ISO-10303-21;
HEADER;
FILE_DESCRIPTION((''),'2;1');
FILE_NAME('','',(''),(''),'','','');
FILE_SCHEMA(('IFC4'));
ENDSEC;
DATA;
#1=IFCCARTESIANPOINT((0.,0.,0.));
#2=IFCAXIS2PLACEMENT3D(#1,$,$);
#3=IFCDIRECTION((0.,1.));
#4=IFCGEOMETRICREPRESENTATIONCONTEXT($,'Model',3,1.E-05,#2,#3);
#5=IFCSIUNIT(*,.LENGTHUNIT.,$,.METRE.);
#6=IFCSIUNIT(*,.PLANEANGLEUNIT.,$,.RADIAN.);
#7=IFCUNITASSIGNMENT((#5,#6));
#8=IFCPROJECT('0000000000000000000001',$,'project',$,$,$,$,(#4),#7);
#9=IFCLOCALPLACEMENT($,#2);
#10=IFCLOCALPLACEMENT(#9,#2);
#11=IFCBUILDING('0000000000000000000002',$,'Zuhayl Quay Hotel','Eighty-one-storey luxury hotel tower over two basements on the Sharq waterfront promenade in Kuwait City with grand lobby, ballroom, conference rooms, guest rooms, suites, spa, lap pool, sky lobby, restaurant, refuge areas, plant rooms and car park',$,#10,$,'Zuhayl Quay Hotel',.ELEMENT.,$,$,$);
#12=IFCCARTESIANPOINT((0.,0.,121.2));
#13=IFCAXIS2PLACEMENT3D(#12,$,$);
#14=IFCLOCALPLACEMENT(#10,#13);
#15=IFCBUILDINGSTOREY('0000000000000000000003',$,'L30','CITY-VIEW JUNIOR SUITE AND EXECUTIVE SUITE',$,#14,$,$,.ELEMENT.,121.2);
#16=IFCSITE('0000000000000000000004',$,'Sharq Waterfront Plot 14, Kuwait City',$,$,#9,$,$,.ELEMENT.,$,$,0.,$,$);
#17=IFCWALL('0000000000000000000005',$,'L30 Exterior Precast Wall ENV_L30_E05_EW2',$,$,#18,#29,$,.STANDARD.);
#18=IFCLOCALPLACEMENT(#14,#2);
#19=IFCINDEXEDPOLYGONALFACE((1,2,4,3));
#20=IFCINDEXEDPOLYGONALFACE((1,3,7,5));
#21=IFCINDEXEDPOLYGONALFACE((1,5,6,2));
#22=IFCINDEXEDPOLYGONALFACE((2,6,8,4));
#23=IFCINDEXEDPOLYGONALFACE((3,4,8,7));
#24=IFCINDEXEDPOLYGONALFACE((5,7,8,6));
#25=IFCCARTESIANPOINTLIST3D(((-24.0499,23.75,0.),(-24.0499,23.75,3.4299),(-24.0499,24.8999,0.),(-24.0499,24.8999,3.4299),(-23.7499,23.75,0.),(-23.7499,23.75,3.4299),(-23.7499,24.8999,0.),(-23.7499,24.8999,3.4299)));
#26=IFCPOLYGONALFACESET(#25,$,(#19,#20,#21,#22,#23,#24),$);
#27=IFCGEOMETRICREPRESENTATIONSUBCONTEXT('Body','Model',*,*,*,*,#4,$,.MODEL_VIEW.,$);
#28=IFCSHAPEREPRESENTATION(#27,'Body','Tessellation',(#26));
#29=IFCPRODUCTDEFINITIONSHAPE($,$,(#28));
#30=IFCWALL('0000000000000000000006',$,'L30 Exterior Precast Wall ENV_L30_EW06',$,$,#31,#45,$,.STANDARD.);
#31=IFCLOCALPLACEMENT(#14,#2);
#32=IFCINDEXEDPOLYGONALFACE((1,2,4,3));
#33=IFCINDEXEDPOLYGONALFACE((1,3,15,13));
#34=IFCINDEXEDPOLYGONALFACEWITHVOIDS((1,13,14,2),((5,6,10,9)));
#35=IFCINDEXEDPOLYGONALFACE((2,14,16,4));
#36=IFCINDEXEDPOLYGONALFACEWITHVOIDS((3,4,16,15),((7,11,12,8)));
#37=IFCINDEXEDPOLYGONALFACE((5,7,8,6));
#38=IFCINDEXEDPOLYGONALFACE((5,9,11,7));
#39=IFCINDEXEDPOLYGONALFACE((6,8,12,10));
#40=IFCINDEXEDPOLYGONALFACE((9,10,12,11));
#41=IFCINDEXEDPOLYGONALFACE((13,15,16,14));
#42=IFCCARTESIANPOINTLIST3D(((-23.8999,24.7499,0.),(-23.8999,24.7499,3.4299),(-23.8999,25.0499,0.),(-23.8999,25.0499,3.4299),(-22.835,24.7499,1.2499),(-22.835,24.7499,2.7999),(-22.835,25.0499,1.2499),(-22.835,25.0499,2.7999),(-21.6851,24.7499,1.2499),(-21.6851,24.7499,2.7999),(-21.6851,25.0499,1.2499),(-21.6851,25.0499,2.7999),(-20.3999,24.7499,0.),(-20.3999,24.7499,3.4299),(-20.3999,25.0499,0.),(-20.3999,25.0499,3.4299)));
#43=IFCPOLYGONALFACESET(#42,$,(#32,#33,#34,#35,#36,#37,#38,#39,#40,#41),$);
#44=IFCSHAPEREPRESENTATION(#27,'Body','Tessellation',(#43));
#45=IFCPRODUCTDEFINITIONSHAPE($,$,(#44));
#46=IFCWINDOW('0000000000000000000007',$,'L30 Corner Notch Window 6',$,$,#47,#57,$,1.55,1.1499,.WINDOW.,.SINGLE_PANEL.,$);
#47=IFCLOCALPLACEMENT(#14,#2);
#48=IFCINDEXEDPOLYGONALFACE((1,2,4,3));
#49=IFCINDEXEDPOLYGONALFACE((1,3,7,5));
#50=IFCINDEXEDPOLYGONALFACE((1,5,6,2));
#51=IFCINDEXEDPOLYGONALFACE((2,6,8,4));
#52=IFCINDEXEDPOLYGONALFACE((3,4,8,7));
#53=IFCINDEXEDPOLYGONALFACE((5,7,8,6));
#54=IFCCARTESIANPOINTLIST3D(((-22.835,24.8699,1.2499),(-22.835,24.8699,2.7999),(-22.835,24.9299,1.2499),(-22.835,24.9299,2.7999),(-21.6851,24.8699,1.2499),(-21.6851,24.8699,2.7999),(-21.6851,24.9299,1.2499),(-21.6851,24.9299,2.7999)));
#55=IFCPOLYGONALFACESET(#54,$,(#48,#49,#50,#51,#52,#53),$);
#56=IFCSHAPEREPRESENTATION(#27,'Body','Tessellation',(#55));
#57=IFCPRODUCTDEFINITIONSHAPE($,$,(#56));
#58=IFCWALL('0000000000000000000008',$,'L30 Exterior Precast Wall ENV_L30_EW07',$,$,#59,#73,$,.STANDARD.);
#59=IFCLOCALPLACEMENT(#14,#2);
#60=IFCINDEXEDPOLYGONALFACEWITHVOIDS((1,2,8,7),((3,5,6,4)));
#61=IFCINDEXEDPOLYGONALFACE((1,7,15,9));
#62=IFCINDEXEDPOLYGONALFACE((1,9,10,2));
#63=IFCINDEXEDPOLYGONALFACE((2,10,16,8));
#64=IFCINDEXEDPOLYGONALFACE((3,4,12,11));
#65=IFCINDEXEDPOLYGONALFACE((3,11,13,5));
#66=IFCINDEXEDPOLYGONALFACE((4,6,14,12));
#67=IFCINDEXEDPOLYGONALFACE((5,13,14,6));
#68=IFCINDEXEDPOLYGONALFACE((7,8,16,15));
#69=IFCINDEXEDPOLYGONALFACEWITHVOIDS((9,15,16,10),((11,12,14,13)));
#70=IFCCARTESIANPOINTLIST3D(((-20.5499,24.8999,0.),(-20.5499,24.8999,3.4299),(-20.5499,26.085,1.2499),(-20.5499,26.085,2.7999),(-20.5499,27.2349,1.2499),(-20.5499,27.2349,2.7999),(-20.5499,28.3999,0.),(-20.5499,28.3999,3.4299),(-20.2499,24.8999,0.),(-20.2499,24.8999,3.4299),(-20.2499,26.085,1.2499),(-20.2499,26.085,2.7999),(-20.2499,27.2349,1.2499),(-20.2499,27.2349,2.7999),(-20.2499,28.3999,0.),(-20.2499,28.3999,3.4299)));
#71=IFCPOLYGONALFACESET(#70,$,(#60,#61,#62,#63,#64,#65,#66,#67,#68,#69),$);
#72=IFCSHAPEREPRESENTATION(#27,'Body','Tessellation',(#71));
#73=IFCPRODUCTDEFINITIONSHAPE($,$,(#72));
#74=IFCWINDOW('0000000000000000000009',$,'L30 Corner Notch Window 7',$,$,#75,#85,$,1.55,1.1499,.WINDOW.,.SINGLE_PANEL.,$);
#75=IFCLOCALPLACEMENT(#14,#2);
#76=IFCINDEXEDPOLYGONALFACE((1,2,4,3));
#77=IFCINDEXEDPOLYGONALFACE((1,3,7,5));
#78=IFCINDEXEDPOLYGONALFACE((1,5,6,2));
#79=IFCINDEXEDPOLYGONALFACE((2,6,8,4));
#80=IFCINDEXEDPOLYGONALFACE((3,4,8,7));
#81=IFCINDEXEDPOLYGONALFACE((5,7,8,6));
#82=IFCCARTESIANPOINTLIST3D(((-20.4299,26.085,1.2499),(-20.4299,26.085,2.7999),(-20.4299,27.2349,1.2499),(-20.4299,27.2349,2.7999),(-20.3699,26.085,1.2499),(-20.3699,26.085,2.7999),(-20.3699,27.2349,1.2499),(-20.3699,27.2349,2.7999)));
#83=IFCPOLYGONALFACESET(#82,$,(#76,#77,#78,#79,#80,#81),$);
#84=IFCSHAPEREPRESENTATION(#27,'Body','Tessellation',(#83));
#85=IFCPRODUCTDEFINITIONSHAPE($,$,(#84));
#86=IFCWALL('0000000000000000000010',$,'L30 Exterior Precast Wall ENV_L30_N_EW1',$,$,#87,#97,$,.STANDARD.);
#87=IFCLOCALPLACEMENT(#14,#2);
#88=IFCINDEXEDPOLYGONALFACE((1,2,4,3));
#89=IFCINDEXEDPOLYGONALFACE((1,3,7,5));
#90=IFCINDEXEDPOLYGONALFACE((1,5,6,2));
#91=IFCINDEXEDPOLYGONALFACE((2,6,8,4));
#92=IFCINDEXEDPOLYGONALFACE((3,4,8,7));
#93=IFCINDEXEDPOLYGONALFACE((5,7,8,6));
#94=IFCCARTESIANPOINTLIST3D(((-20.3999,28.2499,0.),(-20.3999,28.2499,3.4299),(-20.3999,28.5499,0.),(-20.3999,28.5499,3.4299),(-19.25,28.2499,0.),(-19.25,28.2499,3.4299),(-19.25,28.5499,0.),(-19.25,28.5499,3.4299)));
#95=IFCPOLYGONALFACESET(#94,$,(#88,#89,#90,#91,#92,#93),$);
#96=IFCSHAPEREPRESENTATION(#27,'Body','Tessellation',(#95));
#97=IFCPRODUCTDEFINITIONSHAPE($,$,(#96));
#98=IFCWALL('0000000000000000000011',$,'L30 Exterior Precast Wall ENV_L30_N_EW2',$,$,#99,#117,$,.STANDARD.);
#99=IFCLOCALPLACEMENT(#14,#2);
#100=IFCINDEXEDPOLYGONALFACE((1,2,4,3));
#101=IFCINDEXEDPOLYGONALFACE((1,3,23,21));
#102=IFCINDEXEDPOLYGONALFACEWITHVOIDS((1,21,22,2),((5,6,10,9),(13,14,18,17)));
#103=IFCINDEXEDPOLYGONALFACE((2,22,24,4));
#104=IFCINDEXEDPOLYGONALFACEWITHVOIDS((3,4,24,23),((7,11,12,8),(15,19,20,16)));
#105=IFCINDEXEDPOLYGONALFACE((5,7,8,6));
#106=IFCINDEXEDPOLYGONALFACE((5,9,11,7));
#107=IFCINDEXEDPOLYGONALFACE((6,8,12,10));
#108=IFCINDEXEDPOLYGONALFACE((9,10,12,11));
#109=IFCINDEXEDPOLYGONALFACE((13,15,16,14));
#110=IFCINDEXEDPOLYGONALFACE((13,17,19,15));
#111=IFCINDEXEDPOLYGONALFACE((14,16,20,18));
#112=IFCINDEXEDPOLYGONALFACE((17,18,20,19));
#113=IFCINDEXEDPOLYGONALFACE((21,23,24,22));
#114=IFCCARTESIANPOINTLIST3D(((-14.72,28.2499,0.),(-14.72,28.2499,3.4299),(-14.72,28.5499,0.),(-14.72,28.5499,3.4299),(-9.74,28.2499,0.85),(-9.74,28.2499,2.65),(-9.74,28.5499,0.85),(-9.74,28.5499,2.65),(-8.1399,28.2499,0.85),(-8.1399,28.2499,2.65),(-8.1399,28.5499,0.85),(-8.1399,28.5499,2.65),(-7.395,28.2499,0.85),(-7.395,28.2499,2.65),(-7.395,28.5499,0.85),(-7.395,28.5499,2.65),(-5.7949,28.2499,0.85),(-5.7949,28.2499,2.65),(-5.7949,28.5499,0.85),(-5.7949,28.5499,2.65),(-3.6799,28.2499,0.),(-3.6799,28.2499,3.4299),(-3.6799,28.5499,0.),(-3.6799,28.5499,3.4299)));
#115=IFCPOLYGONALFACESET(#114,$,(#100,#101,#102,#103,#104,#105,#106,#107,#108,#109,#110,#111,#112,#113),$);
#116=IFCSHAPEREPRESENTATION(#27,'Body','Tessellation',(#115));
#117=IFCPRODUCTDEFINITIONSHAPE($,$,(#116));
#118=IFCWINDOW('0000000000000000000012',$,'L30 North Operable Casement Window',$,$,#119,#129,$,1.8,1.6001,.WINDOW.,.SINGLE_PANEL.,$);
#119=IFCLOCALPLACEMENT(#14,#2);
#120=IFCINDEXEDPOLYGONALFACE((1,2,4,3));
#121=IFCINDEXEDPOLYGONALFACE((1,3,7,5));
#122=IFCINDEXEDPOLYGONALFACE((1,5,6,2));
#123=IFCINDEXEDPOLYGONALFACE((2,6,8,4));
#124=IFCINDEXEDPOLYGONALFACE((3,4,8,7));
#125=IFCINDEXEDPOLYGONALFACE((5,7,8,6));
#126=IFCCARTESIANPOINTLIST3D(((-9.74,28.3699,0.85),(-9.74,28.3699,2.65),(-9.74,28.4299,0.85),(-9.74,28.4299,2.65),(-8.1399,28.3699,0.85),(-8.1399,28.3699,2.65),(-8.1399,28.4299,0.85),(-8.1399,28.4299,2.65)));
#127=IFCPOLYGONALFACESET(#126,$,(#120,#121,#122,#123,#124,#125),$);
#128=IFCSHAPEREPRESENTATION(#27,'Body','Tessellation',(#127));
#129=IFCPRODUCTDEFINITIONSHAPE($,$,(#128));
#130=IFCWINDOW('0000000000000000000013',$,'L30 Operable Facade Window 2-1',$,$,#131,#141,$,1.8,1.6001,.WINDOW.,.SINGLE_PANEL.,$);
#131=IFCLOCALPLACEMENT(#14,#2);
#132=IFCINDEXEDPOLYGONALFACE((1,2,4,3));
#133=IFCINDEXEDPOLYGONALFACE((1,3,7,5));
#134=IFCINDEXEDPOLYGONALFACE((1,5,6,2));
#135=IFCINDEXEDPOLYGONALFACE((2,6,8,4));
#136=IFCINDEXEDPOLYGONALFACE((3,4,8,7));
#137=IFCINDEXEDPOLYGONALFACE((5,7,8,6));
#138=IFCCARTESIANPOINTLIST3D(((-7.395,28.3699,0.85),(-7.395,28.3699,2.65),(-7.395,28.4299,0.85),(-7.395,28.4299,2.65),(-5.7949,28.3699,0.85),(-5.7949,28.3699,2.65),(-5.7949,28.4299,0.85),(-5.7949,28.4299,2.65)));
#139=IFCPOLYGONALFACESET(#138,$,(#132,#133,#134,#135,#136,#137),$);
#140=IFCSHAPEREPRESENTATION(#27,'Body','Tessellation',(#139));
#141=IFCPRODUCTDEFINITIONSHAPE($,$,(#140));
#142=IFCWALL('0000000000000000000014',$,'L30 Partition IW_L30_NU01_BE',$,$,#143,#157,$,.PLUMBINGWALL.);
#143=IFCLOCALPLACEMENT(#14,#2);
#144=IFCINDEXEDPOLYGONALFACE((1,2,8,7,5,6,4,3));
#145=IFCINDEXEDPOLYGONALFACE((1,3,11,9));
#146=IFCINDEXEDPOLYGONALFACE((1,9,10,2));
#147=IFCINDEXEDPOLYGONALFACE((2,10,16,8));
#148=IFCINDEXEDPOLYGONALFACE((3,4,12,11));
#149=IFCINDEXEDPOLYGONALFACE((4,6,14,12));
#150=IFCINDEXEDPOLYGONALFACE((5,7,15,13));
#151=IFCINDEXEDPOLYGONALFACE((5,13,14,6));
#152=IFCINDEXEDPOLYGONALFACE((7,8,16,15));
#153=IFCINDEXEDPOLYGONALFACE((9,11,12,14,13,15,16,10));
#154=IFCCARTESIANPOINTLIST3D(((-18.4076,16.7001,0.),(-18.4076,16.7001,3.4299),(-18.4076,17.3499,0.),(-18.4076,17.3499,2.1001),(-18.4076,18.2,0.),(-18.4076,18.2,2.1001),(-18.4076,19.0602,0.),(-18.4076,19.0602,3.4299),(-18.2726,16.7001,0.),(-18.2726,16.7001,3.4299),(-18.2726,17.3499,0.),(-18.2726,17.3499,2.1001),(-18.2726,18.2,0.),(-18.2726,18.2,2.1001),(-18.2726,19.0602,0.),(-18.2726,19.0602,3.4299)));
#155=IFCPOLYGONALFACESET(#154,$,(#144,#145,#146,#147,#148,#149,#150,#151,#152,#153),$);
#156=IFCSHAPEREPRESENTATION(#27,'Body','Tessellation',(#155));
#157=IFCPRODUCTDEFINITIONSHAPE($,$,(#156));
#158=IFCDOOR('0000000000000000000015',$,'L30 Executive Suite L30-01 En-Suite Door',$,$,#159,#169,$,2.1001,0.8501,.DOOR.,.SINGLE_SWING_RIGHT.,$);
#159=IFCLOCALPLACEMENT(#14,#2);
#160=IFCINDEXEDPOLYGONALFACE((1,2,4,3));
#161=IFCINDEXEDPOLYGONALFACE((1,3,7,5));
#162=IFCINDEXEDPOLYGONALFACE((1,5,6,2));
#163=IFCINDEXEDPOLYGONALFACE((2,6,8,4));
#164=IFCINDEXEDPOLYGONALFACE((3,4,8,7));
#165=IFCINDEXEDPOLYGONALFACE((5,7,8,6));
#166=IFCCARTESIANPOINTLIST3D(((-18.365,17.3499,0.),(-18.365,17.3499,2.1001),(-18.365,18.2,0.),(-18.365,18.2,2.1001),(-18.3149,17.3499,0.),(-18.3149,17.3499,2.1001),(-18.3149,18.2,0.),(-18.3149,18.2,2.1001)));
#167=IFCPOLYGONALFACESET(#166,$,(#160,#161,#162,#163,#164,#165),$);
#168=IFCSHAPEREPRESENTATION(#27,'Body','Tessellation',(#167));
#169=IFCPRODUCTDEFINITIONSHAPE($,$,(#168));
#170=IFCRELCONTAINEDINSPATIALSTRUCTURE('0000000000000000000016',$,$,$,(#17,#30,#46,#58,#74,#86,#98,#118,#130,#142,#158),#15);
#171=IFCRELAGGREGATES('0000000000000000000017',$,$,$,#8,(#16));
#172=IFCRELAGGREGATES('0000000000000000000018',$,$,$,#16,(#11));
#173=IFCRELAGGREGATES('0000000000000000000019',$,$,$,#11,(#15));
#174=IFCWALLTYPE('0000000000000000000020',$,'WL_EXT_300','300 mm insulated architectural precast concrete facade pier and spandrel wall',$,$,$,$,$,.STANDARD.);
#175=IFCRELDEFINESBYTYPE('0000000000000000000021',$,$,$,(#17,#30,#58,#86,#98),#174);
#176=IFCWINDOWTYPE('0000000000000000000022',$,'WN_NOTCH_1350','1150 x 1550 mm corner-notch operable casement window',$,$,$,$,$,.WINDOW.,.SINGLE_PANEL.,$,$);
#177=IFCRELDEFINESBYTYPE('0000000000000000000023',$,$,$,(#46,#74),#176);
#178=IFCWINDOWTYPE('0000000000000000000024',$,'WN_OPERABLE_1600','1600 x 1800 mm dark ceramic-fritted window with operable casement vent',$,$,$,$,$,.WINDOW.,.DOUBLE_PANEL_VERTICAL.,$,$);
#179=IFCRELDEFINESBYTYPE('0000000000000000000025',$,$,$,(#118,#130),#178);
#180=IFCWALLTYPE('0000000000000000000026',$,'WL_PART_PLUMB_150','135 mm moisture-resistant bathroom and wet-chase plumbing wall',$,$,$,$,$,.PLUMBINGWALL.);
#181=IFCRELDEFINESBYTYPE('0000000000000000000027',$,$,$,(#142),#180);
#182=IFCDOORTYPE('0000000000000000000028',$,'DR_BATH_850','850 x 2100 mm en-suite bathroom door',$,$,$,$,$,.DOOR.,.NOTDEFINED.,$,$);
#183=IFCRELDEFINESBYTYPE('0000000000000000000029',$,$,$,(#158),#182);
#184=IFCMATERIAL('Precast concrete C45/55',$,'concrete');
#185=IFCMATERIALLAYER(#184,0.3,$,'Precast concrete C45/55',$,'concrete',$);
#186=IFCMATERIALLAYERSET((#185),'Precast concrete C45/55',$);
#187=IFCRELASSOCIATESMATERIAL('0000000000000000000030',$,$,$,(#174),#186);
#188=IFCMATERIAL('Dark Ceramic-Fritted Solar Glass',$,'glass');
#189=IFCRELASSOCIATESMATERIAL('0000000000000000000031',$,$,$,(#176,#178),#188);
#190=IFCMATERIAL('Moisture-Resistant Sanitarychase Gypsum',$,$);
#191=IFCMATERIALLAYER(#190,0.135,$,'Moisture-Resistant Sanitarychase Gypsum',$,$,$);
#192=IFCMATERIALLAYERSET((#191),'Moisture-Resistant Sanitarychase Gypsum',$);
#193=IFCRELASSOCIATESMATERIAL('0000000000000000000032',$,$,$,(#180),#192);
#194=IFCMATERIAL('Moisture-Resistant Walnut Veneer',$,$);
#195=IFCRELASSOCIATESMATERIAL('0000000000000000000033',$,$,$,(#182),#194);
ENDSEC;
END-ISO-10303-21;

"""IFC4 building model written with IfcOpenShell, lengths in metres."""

from ifc_helpers import new_model, si_unit, direction, frame, frame_2d, origin, place, context, subcontext, project, spatial, rectangle, extrude, material, layer, layer_set, type_object, element, fill, save


model = new_model("IFC4")

# Units and contexts
model_context = context("Model", 3, precision=1e-05, world=origin(), true_north=direction((0.0, 1.0)))
body_context = subcontext(model_context, "Body", "Model", "MODEL_VIEW")
ifc_project = project(units=[si_unit("LENGTHUNIT", "METRE"), si_unit("PLANEANGLEUNIT", "RADIAN")], contexts=[model_context])

# Site, building, storey
site_placement = place(None, origin())
site = spatial("IfcSite", under=ifc_project, at=site_placement, Name="Sharq Waterfront Plot 14, Kuwait City", CompositionType="ELEMENT", RefElevation=0.0)
building_placement = place(site_placement, origin())
building = spatial("IfcBuilding", under=site, at=building_placement, Name="Zuhayl Quay Hotel", Description="Eighty-one-storey luxury hotel tower over two basements on the Sharq waterfront promenade in Kuwait City with grand lobby, ballroom, conference rooms, guest rooms, suites, spa, lap pool, sky lobby, restaurant, refuge areas, plant rooms and car park", LongName="Zuhayl Quay Hotel", CompositionType="ELEMENT")
storey_placement = place(building_placement, frame((0.0, 0.0, 121.2)))
storey = spatial("IfcBuildingStorey", under=building, at=storey_placement, Name="L30", Description="CITY-VIEW JUNIOR SUITE AND EXECUTIVE SUITE", CompositionType="ELEMENT", Elevation=121.2)

# Shared definitions
ifc_material_1 = material(Name="Dark Ceramic-Fritted Solar Glass", Category="glass")

# Wall
ifc_material_2 = material(Name="Precast concrete C45/55", Category="concrete")
ifc_layer_1 = layer(ifc_material_2, 0.3, Name="Precast concrete C45/55", Category="concrete")
ifc_layer_set_1 = layer_set([ifc_layer_1], Name="Precast concrete C45/55")
wall_type_1 = type_object("IfcWallType", Name="WL_EXT_300", Description="300 mm insulated architectural precast concrete facade pier and spandrel wall", PredefinedType="STANDARD", material=ifc_layer_set_1)
wall_1_placement = place(storey_placement, frame((-23.8999, 23.75, 0.0), z_axis=(0.0, 0.0, 1.0), x_axis=(0.0, 1.0, 0.0)))
element("IfcWall", 1, at=wall_1_placement, inside=storey, type_object=wall_type_1, Name="L30 Exterior Precast Wall ENV_L30_E05_EW2", PredefinedType="STANDARD", context=body_context, shape_type="SweptSolid", body=[
    extrude(rectangle(XDim=1.1499, YDim=0.3, at=frame_2d((0.575, 0.0))), origin(), (0.0, 0.0, 1.0), 3.4299),
])

# Walls, openings, windows
wall_2_placement = place(storey_placement, frame((-23.8999, 24.8999, 0.0), z_axis=(0.0, 0.0, 1.0), x_axis=(1.0, 0.0, 0.0)))
wall_2 = element("IfcWall", 2, at=wall_2_placement, inside=storey, type_object=wall_type_1, Name="L30 Exterior Precast Wall ENV_L30_EW06", PredefinedType="STANDARD", context=body_context, shape_type="SweptSolid", body=[
    extrude(rectangle(XDim=3.5, YDim=0.3, at=frame_2d((1.75, 0.0))), origin(), (0.0, 0.0, 1.0), 3.4299),
])
opening_1_placement = place(wall_2_placement, frame((1.0649, 0.0, 1.25)))
opening_1 = element("IfcOpeningElement", 3, at=opening_1_placement, cuts=wall_2, PredefinedType="OPENING", context=body_context, shape_type="SweptSolid", body=[
    extrude(rectangle(XDim=1.1499, YDim=1.55, at=frame_2d((0.575, 0.7749))), frame((0.0, 0.1599, 0.0), z_axis=(0.0, -1.0, 0.0), x_axis=(1.0, 0.0, 0.0)), (0.0, 0.0, 1.0), 0.3201),
])
window_type_1 = type_object("IfcWindowType", Name="WN_NOTCH_1350", Description="1150 x 1550 mm corner-notch operable casement window", PartitioningType="SINGLE_PANEL", PredefinedType="WINDOW", material=ifc_material_1)
window_1_placement = place(opening_1_placement, origin())
window_1 = element("IfcWindow", 4, at=window_1_placement, inside=storey, type_object=window_type_1, Name="L30 Corner Notch Window 6", OverallHeight=1.55, OverallWidth=1.1499, PartitioningType="SINGLE_PANEL", PredefinedType="WINDOW", context=body_context, shape_type="SweptSolid", body=[
    extrude(rectangle(XDim=1.1499, YDim=1.55, at=frame_2d((0.575, 0.7749))), frame((0.0, 0.03, 0.0), z_axis=(0.0, -1.0, 0.0), x_axis=(1.0, 0.0, 0.0)), (0.0, 0.0, 1.0), 0.0601),
])
fill(opening_1, window_1)
wall_3_placement = place(storey_placement, frame((-20.3999, 24.8999, 0.0), z_axis=(0.0, 0.0, 1.0), x_axis=(0.0, 1.0, 0.0)))
wall_3 = element("IfcWall", 5, at=wall_3_placement, inside=storey, type_object=wall_type_1, Name="L30 Exterior Precast Wall ENV_L30_EW07", PredefinedType="STANDARD", context=body_context, shape_type="SweptSolid", body=[
    extrude(rectangle(XDim=3.5, YDim=0.3, at=frame_2d((1.75, 0.0))), origin(), (0.0, 0.0, 1.0), 3.4299),
])
opening_2_placement = place(wall_3_placement, frame((1.1851, 0.0, 1.25)))
opening_2 = element("IfcOpeningElement", 6, at=opening_2_placement, cuts=wall_3, PredefinedType="OPENING", context=body_context, shape_type="SweptSolid", body=[
    extrude(rectangle(XDim=1.1499, YDim=1.55, at=frame_2d((0.575, 0.7749))), frame((0.0, 0.1599, 0.0), z_axis=(0.0, -1.0, 0.0), x_axis=(1.0, 0.0, 0.0)), (0.0, 0.0, 1.0), 0.3201),
])
window_2_placement = place(opening_2_placement, origin())
window_2 = element("IfcWindow", 7, at=window_2_placement, inside=storey, type_object=window_type_1, Name="L30 Corner Notch Window 7", OverallHeight=1.55, OverallWidth=1.1499, PartitioningType="SINGLE_PANEL", PredefinedType="WINDOW", context=body_context, shape_type="SweptSolid", body=[
    extrude(rectangle(XDim=1.1499, YDim=1.55, at=frame_2d((0.575, 0.7749))), frame((0.0, 0.03, 0.0), z_axis=(0.0, -1.0, 0.0), x_axis=(1.0, 0.0, 0.0)), (0.0, 0.0, 1.0), 0.0601),
])
fill(opening_2, window_2)

# Wall
wall_4_placement = place(storey_placement, frame((-20.3999, 28.3999, 0.0), z_axis=(0.0, 0.0, 1.0), x_axis=(1.0, 0.0, 0.0)))
element("IfcWall", 8, at=wall_4_placement, inside=storey, type_object=wall_type_1, Name="L30 Exterior Precast Wall ENV_L30_N_EW1", PredefinedType="STANDARD", context=body_context, shape_type="SweptSolid", body=[
    extrude(rectangle(XDim=1.1499, YDim=0.3, at=frame_2d((0.575, 0.0))), origin(), (0.0, 0.0, 1.0), 3.4299),
])

# Wall, openings, windows
wall_5_placement = place(storey_placement, frame((-14.72, 28.3999, 0.0), z_axis=(0.0, 0.0, 1.0), x_axis=(1.0, 0.0, 0.0)))
wall_5 = element("IfcWall", 9, at=wall_5_placement, inside=storey, type_object=wall_type_1, Name="L30 Exterior Precast Wall ENV_L30_N_EW2", PredefinedType="STANDARD", context=body_context, shape_type="SweptSolid", body=[
    extrude(rectangle(XDim=11.04, YDim=0.3, at=frame_2d((5.52, 0.0))), origin(), (0.0, 0.0, 1.0), 3.4299),
])
opening_3_placement = place(wall_5_placement, frame((4.98, 0.0, 0.8501)))
opening_3 = element("IfcOpeningElement", 10, at=opening_3_placement, cuts=wall_5, PredefinedType="OPENING", context=body_context, shape_type="SweptSolid", body=[
    extrude(rectangle(XDim=1.6001, YDim=1.8, at=frame_2d((0.8, 0.8999))), frame((0.0, 0.1599, 0.0), z_axis=(0.0, -1.0, 0.0), x_axis=(1.0, 0.0, 0.0)), (0.0, 0.0, 1.0), 0.3201),
])
opening_4_placement = place(wall_5_placement, frame((7.325, 0.0, 0.8501)))
opening_4 = element("IfcOpeningElement", 11, at=opening_4_placement, cuts=wall_5, PredefinedType="OPENING", context=body_context, shape_type="SweptSolid", body=[
    extrude(rectangle(XDim=1.6001, YDim=1.8, at=frame_2d((0.8, 0.8999))), frame((0.0, 0.1599, 0.0), z_axis=(0.0, -1.0, 0.0), x_axis=(1.0, 0.0, 0.0)), (0.0, 0.0, 1.0), 0.3201),
])
window_type_2 = type_object("IfcWindowType", Name="WN_OPERABLE_1600", Description="1600 x 1800 mm dark ceramic-fritted window with operable casement vent", PartitioningType="DOUBLE_PANEL_VERTICAL", PredefinedType="WINDOW", material=ifc_material_1)
window_3_placement = place(opening_3_placement, origin())
window_3 = element("IfcWindow", 12, at=window_3_placement, inside=storey, type_object=window_type_2, Name="L30 North Operable Casement Window", OverallHeight=1.8, OverallWidth=1.6001, PartitioningType="SINGLE_PANEL", PredefinedType="WINDOW", context=body_context, shape_type="SweptSolid", body=[
    extrude(rectangle(XDim=1.6001, YDim=1.8, at=frame_2d((0.8, 0.8999))), frame((0.0, 0.03, 0.0), z_axis=(0.0, -1.0, 0.0), x_axis=(1.0, 0.0, 0.0)), (0.0, 0.0, 1.0), 0.0601),
])
fill(opening_3, window_3)
window_4_placement = place(opening_4_placement, origin())
window_4 = element("IfcWindow", 13, at=window_4_placement, inside=storey, type_object=window_type_2, Name="L30 Operable Facade Window 2-1", OverallHeight=1.8, OverallWidth=1.6001, PartitioningType="SINGLE_PANEL", PredefinedType="WINDOW", context=body_context, shape_type="SweptSolid", body=[
    extrude(rectangle(XDim=1.6001, YDim=1.8, at=frame_2d((0.8, 0.8999))), frame((0.0, 0.03, 0.0), z_axis=(0.0, -1.0, 0.0), x_axis=(1.0, 0.0, 0.0)), (0.0, 0.0, 1.0), 0.0601),
])
fill(opening_4, window_4)

# Wall, opening, door
ifc_material_3 = material(Name="Moisture-Resistant Sanitarychase Gypsum")
ifc_layer_2 = layer(ifc_material_3, 0.135, Name="Moisture-Resistant Sanitarychase Gypsum")
ifc_layer_set_2 = layer_set([ifc_layer_2], Name="Moisture-Resistant Sanitarychase Gypsum")
wall_type_2 = type_object("IfcWallType", Name="WL_PART_PLUMB_150", Description="135 mm moisture-resistant bathroom and wet-chase plumbing wall", PredefinedType="PLUMBINGWALL", material=ifc_layer_set_2)
wall_6_placement = place(storey_placement, frame((-18.3401, 16.7, 0.0), z_axis=(0.0, 0.0, 1.0), x_axis=(0.0, 1.0, 0.0)))
wall_6 = element("IfcWall", 14, at=wall_6_placement, inside=storey, type_object=wall_type_2, Name="L30 Partition IW_L30_NU01_BE", PredefinedType="PLUMBINGWALL", context=body_context, shape_type="SweptSolid", body=[
    extrude(rectangle(XDim=2.3601, YDim=0.135, at=frame_2d((1.1802, 0.0))), origin(), (0.0, 0.0, 1.0), 3.4299),
])
opening_5_placement = place(wall_6_placement, frame((0.6499, 0.0, 0.0)))
opening_5 = element("IfcOpeningElement", 15, at=opening_5_placement, cuts=wall_6, PredefinedType="OPENING", context=body_context, shape_type="SweptSolid", body=[
    extrude(rectangle(XDim=0.8501, YDim=2.1001, at=frame_2d((0.425, 1.05))), frame((0.0, 0.0774, 0.0), z_axis=(0.0, -1.0, 0.0), x_axis=(1.0, 0.0, 0.0)), (0.0, 0.0, 1.0), 0.155),
])
ifc_material_4 = material(Name="Moisture-Resistant Walnut Veneer")
door_type = type_object("IfcDoorType", Name="DR_BATH_850", Description="850 x 2100 mm en-suite bathroom door", OperationType="NOTDEFINED", PredefinedType="DOOR", material=ifc_material_4)
door_placement = place(opening_5_placement, origin())
door = element("IfcDoor", 16, at=door_placement, inside=storey, type_object=door_type, Name="L30 Executive Suite L30-01 En-Suite Door", OperationType="SINGLE_SWING_RIGHT", OverallHeight=2.1001, OverallWidth=0.8501, PredefinedType="DOOR", context=body_context, shape_type="SweptSolid", body=[
    extrude(rectangle(XDim=0.8501, YDim=2.1001, at=frame_2d((0.425, 1.05))), frame((0.0, 0.0249, 0.0), z_axis=(0.0, -1.0, 0.0), x_axis=(1.0, 0.0, 0.0)), (0.0, 0.0, 1.0), 0.05),
])
fill(opening_5, door)

save(model, "model.ifc")
